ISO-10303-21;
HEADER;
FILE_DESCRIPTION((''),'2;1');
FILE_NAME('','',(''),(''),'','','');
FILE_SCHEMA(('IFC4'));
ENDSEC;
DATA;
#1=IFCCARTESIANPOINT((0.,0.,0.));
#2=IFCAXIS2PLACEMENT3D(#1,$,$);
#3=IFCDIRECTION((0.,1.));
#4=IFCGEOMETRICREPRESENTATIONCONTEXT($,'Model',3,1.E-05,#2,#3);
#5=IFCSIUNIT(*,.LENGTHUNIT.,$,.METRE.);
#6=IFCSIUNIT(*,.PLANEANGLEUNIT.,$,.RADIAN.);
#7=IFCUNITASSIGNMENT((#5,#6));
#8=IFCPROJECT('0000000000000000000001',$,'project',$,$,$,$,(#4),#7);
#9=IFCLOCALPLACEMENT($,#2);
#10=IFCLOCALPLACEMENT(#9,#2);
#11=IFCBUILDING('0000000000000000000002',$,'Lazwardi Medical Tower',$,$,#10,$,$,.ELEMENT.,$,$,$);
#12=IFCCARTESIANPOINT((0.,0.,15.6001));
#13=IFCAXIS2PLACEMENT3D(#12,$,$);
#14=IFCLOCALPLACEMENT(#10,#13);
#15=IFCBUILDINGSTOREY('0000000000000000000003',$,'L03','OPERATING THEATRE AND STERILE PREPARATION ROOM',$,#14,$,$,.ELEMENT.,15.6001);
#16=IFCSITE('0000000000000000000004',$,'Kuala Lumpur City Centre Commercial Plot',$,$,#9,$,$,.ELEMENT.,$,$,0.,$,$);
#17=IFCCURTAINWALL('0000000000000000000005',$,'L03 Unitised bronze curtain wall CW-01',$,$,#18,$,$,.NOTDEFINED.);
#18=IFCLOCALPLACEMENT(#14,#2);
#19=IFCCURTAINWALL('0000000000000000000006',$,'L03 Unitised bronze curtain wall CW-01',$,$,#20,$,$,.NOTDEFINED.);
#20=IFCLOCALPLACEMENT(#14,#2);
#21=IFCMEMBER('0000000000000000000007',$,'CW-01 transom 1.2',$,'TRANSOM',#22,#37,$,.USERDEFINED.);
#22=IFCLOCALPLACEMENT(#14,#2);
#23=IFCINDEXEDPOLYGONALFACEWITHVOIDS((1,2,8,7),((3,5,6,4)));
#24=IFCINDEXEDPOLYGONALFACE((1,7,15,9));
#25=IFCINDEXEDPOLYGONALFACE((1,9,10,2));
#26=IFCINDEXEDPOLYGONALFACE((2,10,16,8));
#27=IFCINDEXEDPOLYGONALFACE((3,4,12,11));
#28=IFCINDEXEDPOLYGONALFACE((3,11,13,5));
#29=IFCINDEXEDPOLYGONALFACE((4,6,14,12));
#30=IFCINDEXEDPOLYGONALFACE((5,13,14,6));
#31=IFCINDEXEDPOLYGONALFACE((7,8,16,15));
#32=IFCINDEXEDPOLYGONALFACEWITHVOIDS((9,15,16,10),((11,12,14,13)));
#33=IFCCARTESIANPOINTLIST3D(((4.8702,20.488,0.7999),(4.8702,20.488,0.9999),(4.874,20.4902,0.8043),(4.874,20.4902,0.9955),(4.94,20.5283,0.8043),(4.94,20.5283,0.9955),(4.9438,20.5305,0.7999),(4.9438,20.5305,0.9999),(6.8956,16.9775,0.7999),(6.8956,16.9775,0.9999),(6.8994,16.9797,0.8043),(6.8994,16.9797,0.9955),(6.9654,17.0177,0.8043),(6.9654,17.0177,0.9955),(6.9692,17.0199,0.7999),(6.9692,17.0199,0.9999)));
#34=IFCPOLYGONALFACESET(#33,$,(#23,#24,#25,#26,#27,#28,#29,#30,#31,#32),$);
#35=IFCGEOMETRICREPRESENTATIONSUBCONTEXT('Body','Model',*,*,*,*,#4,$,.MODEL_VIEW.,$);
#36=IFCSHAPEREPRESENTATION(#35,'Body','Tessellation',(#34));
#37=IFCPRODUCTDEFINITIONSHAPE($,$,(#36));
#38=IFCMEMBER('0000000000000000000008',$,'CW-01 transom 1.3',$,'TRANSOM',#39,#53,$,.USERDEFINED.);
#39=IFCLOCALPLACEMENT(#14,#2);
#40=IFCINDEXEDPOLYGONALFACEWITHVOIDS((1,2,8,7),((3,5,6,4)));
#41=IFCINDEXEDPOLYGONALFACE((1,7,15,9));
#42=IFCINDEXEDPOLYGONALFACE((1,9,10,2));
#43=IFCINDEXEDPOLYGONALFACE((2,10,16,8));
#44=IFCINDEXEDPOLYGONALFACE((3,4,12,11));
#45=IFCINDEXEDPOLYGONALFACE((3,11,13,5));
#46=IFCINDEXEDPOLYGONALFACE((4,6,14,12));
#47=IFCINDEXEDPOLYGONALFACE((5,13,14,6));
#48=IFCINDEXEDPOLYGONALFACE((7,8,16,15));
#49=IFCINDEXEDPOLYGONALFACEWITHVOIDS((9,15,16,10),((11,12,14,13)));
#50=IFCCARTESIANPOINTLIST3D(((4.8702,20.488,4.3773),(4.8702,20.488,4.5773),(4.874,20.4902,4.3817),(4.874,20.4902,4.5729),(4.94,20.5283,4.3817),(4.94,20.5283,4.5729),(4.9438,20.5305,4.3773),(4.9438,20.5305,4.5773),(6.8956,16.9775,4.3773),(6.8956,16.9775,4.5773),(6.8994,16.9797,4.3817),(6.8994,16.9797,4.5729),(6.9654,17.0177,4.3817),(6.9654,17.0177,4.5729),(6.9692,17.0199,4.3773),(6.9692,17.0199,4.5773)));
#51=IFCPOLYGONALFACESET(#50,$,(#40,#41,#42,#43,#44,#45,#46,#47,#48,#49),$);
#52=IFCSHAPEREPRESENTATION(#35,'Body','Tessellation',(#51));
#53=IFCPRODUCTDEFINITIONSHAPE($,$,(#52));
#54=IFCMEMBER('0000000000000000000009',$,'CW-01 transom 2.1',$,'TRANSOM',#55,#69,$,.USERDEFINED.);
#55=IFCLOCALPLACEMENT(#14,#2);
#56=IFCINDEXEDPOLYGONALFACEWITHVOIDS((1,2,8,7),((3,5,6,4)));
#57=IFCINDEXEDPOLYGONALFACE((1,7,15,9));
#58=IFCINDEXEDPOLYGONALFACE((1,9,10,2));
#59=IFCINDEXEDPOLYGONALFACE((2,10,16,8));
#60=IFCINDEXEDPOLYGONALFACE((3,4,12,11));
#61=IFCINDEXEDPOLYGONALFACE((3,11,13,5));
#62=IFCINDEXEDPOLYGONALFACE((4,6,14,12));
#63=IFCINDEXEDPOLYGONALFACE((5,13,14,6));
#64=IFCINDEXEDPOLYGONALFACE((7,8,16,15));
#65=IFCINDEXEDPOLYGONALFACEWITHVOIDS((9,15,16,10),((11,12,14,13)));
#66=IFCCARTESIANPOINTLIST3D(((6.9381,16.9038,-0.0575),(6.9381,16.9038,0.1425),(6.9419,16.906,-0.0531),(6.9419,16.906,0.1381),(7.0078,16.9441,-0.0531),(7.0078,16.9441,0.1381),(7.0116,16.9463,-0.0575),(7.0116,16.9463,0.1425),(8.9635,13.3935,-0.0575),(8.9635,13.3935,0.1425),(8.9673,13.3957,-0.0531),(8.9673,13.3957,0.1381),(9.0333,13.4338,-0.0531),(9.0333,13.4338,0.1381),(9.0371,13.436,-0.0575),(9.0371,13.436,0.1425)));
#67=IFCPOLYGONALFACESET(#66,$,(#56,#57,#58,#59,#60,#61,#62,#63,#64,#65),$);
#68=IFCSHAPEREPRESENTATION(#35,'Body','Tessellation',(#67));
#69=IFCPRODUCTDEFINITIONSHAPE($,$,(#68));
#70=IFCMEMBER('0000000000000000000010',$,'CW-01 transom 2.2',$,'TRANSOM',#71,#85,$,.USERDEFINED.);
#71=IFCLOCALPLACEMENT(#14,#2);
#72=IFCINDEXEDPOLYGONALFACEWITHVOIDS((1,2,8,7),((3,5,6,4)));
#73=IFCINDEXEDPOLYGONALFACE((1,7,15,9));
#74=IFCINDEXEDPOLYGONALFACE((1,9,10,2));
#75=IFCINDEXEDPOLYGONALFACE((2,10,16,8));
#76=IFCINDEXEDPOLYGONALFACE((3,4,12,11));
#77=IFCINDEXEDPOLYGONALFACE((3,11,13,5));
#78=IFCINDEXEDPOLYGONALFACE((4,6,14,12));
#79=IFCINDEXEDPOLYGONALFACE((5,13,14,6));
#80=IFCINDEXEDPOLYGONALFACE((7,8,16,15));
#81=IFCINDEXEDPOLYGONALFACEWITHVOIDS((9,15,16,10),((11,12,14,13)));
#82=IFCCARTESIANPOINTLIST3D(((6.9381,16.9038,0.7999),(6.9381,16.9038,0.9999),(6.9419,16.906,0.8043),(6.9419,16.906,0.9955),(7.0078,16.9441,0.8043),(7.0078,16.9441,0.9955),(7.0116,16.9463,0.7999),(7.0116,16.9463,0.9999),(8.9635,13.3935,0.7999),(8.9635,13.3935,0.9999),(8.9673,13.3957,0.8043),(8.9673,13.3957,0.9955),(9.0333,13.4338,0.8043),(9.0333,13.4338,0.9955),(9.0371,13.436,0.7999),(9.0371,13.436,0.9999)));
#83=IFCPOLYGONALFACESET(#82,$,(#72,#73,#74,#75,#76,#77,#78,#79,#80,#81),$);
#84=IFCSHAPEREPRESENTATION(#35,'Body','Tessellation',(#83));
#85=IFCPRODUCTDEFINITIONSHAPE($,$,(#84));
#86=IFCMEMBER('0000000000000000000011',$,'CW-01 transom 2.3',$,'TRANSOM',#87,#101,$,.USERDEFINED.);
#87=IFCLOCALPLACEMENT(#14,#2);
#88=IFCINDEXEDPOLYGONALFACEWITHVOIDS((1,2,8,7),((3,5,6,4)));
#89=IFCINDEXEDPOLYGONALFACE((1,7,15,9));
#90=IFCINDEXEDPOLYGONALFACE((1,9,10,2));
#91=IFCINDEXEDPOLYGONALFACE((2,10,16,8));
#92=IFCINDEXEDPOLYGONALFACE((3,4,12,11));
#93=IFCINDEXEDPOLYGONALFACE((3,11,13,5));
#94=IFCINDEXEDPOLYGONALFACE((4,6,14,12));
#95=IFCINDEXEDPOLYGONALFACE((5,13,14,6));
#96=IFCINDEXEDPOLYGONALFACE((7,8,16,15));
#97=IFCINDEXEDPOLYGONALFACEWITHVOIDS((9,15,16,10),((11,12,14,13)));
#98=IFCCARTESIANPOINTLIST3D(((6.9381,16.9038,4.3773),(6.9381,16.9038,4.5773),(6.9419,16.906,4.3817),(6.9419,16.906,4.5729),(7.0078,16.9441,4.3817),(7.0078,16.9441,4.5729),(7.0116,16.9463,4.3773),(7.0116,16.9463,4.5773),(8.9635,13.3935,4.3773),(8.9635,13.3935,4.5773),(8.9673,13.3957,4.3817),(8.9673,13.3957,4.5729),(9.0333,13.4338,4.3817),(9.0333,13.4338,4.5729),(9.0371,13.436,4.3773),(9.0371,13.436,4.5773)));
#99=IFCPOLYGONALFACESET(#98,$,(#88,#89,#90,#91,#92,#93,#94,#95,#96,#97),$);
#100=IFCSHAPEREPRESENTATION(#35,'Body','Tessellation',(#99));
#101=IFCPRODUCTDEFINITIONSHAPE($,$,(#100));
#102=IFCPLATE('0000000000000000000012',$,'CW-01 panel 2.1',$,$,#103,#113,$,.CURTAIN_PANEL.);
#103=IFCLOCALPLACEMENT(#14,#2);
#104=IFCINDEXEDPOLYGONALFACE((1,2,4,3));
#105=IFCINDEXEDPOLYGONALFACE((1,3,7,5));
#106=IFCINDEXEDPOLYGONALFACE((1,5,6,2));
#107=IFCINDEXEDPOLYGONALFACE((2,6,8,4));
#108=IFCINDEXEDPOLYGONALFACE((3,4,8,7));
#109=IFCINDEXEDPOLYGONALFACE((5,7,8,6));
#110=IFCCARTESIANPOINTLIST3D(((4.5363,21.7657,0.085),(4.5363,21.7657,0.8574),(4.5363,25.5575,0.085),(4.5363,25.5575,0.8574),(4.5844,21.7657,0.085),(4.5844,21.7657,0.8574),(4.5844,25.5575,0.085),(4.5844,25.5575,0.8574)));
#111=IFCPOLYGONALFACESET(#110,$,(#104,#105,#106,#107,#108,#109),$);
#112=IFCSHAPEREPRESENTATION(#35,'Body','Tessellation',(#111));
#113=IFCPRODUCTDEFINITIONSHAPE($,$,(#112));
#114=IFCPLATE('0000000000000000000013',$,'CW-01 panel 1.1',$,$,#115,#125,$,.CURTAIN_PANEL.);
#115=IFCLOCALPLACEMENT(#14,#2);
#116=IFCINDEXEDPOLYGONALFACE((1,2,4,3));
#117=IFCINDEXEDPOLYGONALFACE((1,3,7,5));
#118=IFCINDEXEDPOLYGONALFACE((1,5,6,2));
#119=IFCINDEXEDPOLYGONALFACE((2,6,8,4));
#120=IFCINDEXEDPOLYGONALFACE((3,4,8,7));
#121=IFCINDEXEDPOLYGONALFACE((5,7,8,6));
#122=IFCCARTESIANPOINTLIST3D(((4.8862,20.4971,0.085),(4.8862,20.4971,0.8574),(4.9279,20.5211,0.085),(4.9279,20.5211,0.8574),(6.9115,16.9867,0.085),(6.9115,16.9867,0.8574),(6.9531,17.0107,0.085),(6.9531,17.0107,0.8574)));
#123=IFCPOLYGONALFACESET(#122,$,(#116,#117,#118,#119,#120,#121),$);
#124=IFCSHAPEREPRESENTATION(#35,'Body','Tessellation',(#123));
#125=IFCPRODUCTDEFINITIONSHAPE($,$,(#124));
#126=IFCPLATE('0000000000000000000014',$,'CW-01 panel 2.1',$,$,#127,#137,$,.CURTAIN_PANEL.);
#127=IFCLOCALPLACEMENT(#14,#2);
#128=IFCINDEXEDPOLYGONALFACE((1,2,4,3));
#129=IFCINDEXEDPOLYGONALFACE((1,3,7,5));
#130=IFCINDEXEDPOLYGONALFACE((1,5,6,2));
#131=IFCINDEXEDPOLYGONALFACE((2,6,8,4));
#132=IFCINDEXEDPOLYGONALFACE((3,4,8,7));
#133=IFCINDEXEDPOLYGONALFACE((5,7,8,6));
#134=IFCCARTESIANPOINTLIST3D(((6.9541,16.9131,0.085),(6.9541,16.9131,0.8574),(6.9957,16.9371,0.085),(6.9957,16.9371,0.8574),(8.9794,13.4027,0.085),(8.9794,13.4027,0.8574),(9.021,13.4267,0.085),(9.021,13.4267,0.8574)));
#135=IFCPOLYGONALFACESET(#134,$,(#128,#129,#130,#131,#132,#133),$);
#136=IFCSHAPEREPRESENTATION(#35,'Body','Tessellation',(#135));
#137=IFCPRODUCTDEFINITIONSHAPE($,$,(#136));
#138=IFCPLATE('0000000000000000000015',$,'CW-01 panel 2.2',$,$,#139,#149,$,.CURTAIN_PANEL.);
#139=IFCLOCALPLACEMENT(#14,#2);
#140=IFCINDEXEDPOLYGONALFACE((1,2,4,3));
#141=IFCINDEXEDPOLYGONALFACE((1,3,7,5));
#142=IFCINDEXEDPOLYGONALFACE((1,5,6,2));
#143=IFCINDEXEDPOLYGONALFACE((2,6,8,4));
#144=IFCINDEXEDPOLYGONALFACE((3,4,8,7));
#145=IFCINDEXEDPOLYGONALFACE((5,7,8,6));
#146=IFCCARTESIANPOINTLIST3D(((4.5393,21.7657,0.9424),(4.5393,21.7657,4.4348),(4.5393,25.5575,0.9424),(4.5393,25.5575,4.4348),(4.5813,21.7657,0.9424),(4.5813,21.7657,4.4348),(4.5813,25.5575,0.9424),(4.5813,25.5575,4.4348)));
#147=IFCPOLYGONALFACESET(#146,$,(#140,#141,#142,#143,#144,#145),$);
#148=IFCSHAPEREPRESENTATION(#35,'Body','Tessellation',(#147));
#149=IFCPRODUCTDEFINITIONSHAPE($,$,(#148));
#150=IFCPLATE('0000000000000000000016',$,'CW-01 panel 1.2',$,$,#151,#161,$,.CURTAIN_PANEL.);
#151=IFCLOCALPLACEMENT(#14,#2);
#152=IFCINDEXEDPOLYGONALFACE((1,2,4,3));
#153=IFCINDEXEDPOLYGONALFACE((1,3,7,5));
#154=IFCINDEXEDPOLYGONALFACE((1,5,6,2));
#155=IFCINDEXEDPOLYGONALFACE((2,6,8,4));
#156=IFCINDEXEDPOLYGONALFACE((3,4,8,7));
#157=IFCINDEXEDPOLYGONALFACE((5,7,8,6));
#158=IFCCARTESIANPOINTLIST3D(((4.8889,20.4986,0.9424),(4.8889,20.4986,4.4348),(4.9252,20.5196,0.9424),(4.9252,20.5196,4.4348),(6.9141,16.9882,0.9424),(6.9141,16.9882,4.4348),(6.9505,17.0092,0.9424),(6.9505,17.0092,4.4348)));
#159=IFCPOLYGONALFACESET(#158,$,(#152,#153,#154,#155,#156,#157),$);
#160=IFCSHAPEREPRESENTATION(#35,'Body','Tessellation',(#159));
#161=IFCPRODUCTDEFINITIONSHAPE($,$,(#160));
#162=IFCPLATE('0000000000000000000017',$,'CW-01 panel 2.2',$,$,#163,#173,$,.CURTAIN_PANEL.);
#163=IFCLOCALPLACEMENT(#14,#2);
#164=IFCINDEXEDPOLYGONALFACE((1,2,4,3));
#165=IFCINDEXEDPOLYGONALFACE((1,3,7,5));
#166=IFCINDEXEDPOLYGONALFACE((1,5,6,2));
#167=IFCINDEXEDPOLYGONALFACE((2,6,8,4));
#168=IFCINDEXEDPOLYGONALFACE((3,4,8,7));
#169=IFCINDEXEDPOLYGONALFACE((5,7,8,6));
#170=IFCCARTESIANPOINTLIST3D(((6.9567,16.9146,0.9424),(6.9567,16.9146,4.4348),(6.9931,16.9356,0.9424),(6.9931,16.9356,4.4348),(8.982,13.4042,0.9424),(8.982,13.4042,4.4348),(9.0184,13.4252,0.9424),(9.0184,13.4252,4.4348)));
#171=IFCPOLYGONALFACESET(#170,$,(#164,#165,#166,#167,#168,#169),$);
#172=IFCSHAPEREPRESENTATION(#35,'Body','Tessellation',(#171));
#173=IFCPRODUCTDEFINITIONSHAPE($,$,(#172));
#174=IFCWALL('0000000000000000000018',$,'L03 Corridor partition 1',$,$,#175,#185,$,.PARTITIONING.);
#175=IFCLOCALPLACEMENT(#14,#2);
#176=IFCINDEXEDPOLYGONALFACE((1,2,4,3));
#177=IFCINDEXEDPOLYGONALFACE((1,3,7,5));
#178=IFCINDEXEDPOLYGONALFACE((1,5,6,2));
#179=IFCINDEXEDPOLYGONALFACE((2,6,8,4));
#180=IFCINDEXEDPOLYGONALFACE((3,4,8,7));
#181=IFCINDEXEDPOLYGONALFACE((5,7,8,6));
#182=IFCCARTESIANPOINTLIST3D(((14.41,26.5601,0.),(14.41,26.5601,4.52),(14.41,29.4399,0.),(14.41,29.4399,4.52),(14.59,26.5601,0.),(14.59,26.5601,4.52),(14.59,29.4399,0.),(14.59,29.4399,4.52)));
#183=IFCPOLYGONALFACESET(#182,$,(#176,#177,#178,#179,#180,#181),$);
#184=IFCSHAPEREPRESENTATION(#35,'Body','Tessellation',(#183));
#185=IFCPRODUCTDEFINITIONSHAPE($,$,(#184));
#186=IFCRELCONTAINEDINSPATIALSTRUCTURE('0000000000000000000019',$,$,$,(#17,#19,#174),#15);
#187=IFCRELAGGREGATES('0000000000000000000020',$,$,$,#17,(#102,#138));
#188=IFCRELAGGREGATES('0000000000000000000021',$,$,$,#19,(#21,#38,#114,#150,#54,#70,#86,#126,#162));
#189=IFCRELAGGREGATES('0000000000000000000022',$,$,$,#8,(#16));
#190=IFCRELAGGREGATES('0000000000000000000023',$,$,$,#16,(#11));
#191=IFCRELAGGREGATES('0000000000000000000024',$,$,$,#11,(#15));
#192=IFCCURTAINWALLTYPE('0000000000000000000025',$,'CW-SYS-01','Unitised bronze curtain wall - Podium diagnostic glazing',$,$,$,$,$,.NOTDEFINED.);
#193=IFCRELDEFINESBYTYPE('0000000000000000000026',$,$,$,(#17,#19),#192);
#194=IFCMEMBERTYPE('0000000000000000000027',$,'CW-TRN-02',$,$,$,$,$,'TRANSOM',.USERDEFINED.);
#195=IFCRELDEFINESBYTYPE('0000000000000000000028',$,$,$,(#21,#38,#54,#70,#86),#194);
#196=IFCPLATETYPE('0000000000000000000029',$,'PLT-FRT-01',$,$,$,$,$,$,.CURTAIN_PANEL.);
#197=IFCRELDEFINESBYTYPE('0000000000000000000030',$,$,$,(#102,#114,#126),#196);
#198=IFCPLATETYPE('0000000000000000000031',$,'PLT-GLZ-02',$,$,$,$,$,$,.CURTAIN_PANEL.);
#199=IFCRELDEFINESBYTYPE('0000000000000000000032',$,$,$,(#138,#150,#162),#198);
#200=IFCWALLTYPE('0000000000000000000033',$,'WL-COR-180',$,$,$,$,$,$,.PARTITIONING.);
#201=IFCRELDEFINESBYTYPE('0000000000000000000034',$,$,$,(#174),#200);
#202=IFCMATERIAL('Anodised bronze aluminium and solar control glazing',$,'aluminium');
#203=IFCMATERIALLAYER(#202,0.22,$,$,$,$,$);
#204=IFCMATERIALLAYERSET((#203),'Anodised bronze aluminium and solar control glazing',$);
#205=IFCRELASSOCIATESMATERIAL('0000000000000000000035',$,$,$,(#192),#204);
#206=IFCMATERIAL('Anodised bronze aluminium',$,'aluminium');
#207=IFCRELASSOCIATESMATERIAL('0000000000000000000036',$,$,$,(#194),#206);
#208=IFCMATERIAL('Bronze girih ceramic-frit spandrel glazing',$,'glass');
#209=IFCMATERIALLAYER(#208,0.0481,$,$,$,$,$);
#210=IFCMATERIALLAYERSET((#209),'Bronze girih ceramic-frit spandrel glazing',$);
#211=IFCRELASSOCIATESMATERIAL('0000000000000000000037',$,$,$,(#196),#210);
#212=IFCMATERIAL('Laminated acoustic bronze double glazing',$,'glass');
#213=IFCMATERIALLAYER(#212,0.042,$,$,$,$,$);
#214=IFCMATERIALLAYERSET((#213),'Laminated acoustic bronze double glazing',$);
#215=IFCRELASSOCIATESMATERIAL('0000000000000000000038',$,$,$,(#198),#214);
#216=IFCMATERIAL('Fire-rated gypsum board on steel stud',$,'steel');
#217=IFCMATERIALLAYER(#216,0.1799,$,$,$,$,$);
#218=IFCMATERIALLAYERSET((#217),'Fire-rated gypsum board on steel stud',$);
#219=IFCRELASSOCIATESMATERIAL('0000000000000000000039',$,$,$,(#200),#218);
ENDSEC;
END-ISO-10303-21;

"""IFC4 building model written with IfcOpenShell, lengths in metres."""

from ifc_helpers import new_model, si_unit, direction, frame, frame_2d, origin, origin_2d, place, context, subcontext, project, spatial, rectangle, hollow_rectangle, extrude, material, layer, layer_set, material_profile, profile_set, type_object, element, aggregate, save


model = new_model("IFC4")

# Units and contexts
model_context = context("Model", 3, precision=1e-05, world=origin(), true_north=direction((0.0, 1.0)))
body_context = subcontext(model_context, "Body", "Model", "MODEL_VIEW")
ifc_project = project(units=[si_unit("LENGTHUNIT", "METRE"), si_unit("PLANEANGLEUNIT", "RADIAN")], contexts=[model_context])

# Site, building, storey
site_placement = place(None, origin())
site = spatial("IfcSite", under=ifc_project, at=site_placement, Name="Kuala Lumpur City Centre Commercial Plot", CompositionType="ELEMENT", RefElevation=0.0)
building_placement = place(site_placement, origin())
building = spatial("IfcBuilding", under=site, at=building_placement, Name="Lazwardi Medical Tower", CompositionType="ELEMENT")
storey_placement = place(building_placement, frame((0.0, 0.0, 15.6001)))
storey = spatial("IfcBuildingStorey", under=building, at=storey_placement, Name="L03", Description="OPERATING THEATRE AND STERILE PREPARATION ROOM", CompositionType="ELEMENT", Elevation=15.6001)

# Curtain walls
ifc_material_1 = material(Name="Anodised bronze aluminium and solar control glazing", Category="aluminium")
ifc_layer_1 = layer(ifc_material_1, 0.22)
ifc_layer_set_1 = layer_set([ifc_layer_1], Name="Anodised bronze aluminium and solar control glazing")
curtain_wall_type = type_object("IfcCurtainWallType", Name="CW-SYS-01", Description="Unitised bronze curtain wall - Podium diagnostic glazing", PredefinedType="NOTDEFINED", material=ifc_layer_set_1)
curtain_wall_1_placement = place(storey_placement, origin())
curtain_wall_1 = element("IfcCurtainWall", 1, at=curtain_wall_1_placement, inside=storey, type_object=curtain_wall_type, Name="L03 Unitised bronze curtain wall CW-01", PredefinedType="NOTDEFINED")
ifc_material_2 = material(Name="Anodised bronze aluminium", Category="aluminium")
curtain_wall_2_placement = place(storey_placement, origin())
curtain_wall_2 = element("IfcCurtainWall", 2, at=curtain_wall_2_placement, inside=storey, type_object=curtain_wall_type, Name="L03 Unitised bronze curtain wall CW-01", PredefinedType="NOTDEFINED")

# Members
ifc_material_profile_1 = material_profile(ifc_material_2, hollow_rectangle(XDim=0.085, YDim=0.2, WallThickness=0.0044, at=origin_2d()), Name="ALU-TRANSOM 200x85x4.5")
ifc_profile_set_1 = profile_set([ifc_material_profile_1], Name="Anodised bronze aluminium")
member_type_1 = type_object("IfcMemberType", Name="CW-TRN-02", ElementType="TRANSOM", PredefinedType="USERDEFINED", material=ifc_profile_set_1)
member_1_placement = place(storey_placement, frame((4.907, 20.5093, 0.8999), z_axis=(0.499742, -0.866175, 0.0), x_axis=(0.866175, 0.499742, 0.0)))
member_1 = element("IfcMember", 3, at=member_1_placement, type_object=member_type_1, Name="CW-01 transom 1.2", ObjectType="TRANSOM", PredefinedType="USERDEFINED", context=body_context, shape_type="SweptSolid", body=[
    extrude(hollow_rectangle(XDim=0.085, YDim=0.2, WallThickness=0.0044, at=origin_2d()), origin(), (0.0, 0.0, 1.0), 4.053),
])
member_2_placement = place(storey_placement, frame((4.907, 20.5093, 4.4773), z_axis=(0.499742, -0.866175, 0.0), x_axis=(0.866175, 0.499742, 0.0)))
member_2 = element("IfcMember", 4, at=member_2_placement, type_object=member_type_1, Name="CW-01 transom 1.3", ObjectType="TRANSOM", PredefinedType="USERDEFINED", context=body_context, shape_type="SweptSolid", body=[
    extrude(hollow_rectangle(XDim=0.085, YDim=0.2, WallThickness=0.0044, at=origin_2d()), origin(), (0.0, 0.0, 1.0), 4.053),
])
member_3_placement = place(storey_placement, frame((6.9749, 16.925, 0.0425), z_axis=(0.499768, -0.86616, 0.0), x_axis=(0.86616, 0.499768, 0.0)))
member_3 = element("IfcMember", 5, at=member_3_placement, type_object=member_type_1, Name="CW-01 transom 2.1", ObjectType="TRANSOM", PredefinedType="USERDEFINED", context=body_context, shape_type="SweptSolid", body=[
    extrude(hollow_rectangle(XDim=0.085, YDim=0.2, WallThickness=0.0044, at=origin_2d()), origin(), (0.0, 0.0, 1.0), 4.0527),
])
member_4_placement = place(storey_placement, frame((6.9749, 16.925, 0.8999), z_axis=(0.499768, -0.86616, 0.0), x_axis=(0.86616, 0.499768, 0.0)))
member_4 = element("IfcMember", 6, at=member_4_placement, type_object=member_type_1, Name="CW-01 transom 2.2", ObjectType="TRANSOM", PredefinedType="USERDEFINED", context=body_context, shape_type="SweptSolid", body=[
    extrude(hollow_rectangle(XDim=0.085, YDim=0.2, WallThickness=0.0044, at=origin_2d()), origin(), (0.0, 0.0, 1.0), 4.0527),
])
member_5_placement = place(storey_placement, frame((6.9749, 16.925, 4.4773), z_axis=(0.499768, -0.86616, 0.0), x_axis=(0.86616, 0.499768, 0.0)))
member_5 = element("IfcMember", 7, at=member_5_placement, type_object=member_type_1, Name="CW-01 transom 2.3", ObjectType="TRANSOM", PredefinedType="USERDEFINED", context=body_context, shape_type="SweptSolid", body=[
    extrude(hollow_rectangle(XDim=0.085, YDim=0.2, WallThickness=0.0044, at=origin_2d()), origin(), (0.0, 0.0, 1.0), 4.0527),
])

# Plates
ifc_material_3 = material(Name="Bronze girih ceramic-frit spandrel glazing", Category="glass")
ifc_layer_2 = layer(ifc_material_3, 0.0481)
ifc_layer_set_2 = layer_set([ifc_layer_2], Name="Bronze girih ceramic-frit spandrel glazing")
plate_type_1 = type_object("IfcPlateType", Name="PLT-FRT-01", PredefinedType="CURTAIN_PANEL", material=ifc_layer_set_2)
plate_1_placement = place(storey_placement, frame((4.5603, 23.6616, 0.085), z_axis=(0.0, 0.0, 1.0), x_axis=(0.0, -1.0, 0.0)))
plate_1 = element("IfcPlate", 8, at=plate_1_placement, type_object=plate_type_1, Name="CW-01 panel 2.1", PredefinedType="CURTAIN_PANEL", context=body_context, shape_type="SweptSolid", body=[
    extrude(rectangle(XDim=3.7917, YDim=0.0481, at=origin_2d()), origin(), (0.0, 0.0, 1.0), 0.7725),
])
plate_2_placement = place(storey_placement, frame((5.9197, 18.7539, 0.085), z_axis=(0.0, 0.0, 1.0), x_axis=(0.499731, -0.866181, 0.0)))
plate_2 = element("IfcPlate", 9, at=plate_2_placement, type_object=plate_type_1, Name="CW-01 panel 1.1", PredefinedType="CURTAIN_PANEL", context=body_context, shape_type="SweptSolid", body=[
    extrude(rectangle(XDim=4.0527, YDim=0.0481, at=origin_2d()), origin(), (0.0, 0.0, 1.0), 0.7725),
])
plate_3_placement = place(storey_placement, frame((7.9875, 15.1699, 0.085), z_axis=(0.0, 0.0, 1.0), x_axis=(0.499731, -0.866181, 0.0)))
plate_3 = element("IfcPlate", 10, at=plate_3_placement, type_object=plate_type_1, Name="CW-01 panel 2.1", PredefinedType="CURTAIN_PANEL", context=body_context, shape_type="SweptSolid", body=[
    extrude(rectangle(XDim=4.0527, YDim=0.0481, at=origin_2d()), origin(), (0.0, 0.0, 1.0), 0.7725),
])
ifc_material_4 = material(Name="Laminated acoustic bronze double glazing", Category="glass")
ifc_layer_3 = layer(ifc_material_4, 0.042)
ifc_layer_set_3 = layer_set([ifc_layer_3], Name="Laminated acoustic bronze double glazing")
plate_type_2 = type_object("IfcPlateType", Name="PLT-GLZ-02", PredefinedType="CURTAIN_PANEL", material=ifc_layer_set_3)
plate_4_placement = place(storey_placement, frame((4.5603, 23.6616, 0.9424), z_axis=(0.0, 0.0, 1.0), x_axis=(0.0, -1.0, 0.0)))
plate_4 = element("IfcPlate", 11, at=plate_4_placement, type_object=plate_type_2, Name="CW-01 panel 2.2", PredefinedType="CURTAIN_PANEL", context=body_context, shape_type="SweptSolid", body=[
    extrude(rectangle(XDim=3.7917, YDim=0.042, at=origin_2d()), origin(), (0.0, 0.0, 1.0), 3.4924),
])
aggregate(curtain_wall_1, [plate_1, plate_4])
plate_5_placement = place(storey_placement, frame((5.9197, 18.7539, 0.9424), z_axis=(0.0, 0.0, 1.0), x_axis=(0.499731, -0.866181, 0.0)))
plate_5 = element("IfcPlate", 12, at=plate_5_placement, type_object=plate_type_2, Name="CW-01 panel 1.2", PredefinedType="CURTAIN_PANEL", context=body_context, shape_type="SweptSolid", body=[
    extrude(rectangle(XDim=4.0527, YDim=0.042, at=origin_2d()), origin(), (0.0, 0.0, 1.0), 3.4924),
])
plate_6_placement = place(storey_placement, frame((7.9875, 15.1699, 0.9424), z_axis=(0.0, 0.0, 1.0), x_axis=(0.499731, -0.866181, 0.0)))
plate_6 = element("IfcPlate", 13, at=plate_6_placement, type_object=plate_type_2, Name="CW-01 panel 2.2", PredefinedType="CURTAIN_PANEL", context=body_context, shape_type="SweptSolid", body=[
    extrude(rectangle(XDim=4.0527, YDim=0.042, at=origin_2d()), origin(), (0.0, 0.0, 1.0), 3.4924),
])
aggregate(curtain_wall_2, [member_1, member_2, plate_2, plate_5, member_3, member_4, member_5, plate_3, plate_6])

# Wall
ifc_material_5 = material(Name="Fire-rated gypsum board on steel stud", Category="steel")
ifc_layer_4 = layer(ifc_material_5, 0.1799)
ifc_layer_set_4 = layer_set([ifc_layer_4], Name="Fire-rated gypsum board on steel stud")
wall_type = type_object("IfcWallType", Name="WL-COR-180", PredefinedType="PARTITIONING", material=ifc_layer_set_4)
wall_placement = place(storey_placement, frame((14.5, 26.5601, 0.0), z_axis=(0.0, 0.0, 1.0), x_axis=(0.0, 1.0, 0.0)))
element("IfcWall", 14, at=wall_placement, inside=storey, type_object=wall_type, Name="L03 Corridor partition 1", PredefinedType="PARTITIONING", context=body_context, shape_type="SweptSolid", body=[
    extrude(rectangle(XDim=2.8799, YDim=0.1799, at=frame_2d((1.4399, 0.0))), origin(), (0.0, 0.0, 1.0), 4.52),
])

save(model, "model.ifc")
